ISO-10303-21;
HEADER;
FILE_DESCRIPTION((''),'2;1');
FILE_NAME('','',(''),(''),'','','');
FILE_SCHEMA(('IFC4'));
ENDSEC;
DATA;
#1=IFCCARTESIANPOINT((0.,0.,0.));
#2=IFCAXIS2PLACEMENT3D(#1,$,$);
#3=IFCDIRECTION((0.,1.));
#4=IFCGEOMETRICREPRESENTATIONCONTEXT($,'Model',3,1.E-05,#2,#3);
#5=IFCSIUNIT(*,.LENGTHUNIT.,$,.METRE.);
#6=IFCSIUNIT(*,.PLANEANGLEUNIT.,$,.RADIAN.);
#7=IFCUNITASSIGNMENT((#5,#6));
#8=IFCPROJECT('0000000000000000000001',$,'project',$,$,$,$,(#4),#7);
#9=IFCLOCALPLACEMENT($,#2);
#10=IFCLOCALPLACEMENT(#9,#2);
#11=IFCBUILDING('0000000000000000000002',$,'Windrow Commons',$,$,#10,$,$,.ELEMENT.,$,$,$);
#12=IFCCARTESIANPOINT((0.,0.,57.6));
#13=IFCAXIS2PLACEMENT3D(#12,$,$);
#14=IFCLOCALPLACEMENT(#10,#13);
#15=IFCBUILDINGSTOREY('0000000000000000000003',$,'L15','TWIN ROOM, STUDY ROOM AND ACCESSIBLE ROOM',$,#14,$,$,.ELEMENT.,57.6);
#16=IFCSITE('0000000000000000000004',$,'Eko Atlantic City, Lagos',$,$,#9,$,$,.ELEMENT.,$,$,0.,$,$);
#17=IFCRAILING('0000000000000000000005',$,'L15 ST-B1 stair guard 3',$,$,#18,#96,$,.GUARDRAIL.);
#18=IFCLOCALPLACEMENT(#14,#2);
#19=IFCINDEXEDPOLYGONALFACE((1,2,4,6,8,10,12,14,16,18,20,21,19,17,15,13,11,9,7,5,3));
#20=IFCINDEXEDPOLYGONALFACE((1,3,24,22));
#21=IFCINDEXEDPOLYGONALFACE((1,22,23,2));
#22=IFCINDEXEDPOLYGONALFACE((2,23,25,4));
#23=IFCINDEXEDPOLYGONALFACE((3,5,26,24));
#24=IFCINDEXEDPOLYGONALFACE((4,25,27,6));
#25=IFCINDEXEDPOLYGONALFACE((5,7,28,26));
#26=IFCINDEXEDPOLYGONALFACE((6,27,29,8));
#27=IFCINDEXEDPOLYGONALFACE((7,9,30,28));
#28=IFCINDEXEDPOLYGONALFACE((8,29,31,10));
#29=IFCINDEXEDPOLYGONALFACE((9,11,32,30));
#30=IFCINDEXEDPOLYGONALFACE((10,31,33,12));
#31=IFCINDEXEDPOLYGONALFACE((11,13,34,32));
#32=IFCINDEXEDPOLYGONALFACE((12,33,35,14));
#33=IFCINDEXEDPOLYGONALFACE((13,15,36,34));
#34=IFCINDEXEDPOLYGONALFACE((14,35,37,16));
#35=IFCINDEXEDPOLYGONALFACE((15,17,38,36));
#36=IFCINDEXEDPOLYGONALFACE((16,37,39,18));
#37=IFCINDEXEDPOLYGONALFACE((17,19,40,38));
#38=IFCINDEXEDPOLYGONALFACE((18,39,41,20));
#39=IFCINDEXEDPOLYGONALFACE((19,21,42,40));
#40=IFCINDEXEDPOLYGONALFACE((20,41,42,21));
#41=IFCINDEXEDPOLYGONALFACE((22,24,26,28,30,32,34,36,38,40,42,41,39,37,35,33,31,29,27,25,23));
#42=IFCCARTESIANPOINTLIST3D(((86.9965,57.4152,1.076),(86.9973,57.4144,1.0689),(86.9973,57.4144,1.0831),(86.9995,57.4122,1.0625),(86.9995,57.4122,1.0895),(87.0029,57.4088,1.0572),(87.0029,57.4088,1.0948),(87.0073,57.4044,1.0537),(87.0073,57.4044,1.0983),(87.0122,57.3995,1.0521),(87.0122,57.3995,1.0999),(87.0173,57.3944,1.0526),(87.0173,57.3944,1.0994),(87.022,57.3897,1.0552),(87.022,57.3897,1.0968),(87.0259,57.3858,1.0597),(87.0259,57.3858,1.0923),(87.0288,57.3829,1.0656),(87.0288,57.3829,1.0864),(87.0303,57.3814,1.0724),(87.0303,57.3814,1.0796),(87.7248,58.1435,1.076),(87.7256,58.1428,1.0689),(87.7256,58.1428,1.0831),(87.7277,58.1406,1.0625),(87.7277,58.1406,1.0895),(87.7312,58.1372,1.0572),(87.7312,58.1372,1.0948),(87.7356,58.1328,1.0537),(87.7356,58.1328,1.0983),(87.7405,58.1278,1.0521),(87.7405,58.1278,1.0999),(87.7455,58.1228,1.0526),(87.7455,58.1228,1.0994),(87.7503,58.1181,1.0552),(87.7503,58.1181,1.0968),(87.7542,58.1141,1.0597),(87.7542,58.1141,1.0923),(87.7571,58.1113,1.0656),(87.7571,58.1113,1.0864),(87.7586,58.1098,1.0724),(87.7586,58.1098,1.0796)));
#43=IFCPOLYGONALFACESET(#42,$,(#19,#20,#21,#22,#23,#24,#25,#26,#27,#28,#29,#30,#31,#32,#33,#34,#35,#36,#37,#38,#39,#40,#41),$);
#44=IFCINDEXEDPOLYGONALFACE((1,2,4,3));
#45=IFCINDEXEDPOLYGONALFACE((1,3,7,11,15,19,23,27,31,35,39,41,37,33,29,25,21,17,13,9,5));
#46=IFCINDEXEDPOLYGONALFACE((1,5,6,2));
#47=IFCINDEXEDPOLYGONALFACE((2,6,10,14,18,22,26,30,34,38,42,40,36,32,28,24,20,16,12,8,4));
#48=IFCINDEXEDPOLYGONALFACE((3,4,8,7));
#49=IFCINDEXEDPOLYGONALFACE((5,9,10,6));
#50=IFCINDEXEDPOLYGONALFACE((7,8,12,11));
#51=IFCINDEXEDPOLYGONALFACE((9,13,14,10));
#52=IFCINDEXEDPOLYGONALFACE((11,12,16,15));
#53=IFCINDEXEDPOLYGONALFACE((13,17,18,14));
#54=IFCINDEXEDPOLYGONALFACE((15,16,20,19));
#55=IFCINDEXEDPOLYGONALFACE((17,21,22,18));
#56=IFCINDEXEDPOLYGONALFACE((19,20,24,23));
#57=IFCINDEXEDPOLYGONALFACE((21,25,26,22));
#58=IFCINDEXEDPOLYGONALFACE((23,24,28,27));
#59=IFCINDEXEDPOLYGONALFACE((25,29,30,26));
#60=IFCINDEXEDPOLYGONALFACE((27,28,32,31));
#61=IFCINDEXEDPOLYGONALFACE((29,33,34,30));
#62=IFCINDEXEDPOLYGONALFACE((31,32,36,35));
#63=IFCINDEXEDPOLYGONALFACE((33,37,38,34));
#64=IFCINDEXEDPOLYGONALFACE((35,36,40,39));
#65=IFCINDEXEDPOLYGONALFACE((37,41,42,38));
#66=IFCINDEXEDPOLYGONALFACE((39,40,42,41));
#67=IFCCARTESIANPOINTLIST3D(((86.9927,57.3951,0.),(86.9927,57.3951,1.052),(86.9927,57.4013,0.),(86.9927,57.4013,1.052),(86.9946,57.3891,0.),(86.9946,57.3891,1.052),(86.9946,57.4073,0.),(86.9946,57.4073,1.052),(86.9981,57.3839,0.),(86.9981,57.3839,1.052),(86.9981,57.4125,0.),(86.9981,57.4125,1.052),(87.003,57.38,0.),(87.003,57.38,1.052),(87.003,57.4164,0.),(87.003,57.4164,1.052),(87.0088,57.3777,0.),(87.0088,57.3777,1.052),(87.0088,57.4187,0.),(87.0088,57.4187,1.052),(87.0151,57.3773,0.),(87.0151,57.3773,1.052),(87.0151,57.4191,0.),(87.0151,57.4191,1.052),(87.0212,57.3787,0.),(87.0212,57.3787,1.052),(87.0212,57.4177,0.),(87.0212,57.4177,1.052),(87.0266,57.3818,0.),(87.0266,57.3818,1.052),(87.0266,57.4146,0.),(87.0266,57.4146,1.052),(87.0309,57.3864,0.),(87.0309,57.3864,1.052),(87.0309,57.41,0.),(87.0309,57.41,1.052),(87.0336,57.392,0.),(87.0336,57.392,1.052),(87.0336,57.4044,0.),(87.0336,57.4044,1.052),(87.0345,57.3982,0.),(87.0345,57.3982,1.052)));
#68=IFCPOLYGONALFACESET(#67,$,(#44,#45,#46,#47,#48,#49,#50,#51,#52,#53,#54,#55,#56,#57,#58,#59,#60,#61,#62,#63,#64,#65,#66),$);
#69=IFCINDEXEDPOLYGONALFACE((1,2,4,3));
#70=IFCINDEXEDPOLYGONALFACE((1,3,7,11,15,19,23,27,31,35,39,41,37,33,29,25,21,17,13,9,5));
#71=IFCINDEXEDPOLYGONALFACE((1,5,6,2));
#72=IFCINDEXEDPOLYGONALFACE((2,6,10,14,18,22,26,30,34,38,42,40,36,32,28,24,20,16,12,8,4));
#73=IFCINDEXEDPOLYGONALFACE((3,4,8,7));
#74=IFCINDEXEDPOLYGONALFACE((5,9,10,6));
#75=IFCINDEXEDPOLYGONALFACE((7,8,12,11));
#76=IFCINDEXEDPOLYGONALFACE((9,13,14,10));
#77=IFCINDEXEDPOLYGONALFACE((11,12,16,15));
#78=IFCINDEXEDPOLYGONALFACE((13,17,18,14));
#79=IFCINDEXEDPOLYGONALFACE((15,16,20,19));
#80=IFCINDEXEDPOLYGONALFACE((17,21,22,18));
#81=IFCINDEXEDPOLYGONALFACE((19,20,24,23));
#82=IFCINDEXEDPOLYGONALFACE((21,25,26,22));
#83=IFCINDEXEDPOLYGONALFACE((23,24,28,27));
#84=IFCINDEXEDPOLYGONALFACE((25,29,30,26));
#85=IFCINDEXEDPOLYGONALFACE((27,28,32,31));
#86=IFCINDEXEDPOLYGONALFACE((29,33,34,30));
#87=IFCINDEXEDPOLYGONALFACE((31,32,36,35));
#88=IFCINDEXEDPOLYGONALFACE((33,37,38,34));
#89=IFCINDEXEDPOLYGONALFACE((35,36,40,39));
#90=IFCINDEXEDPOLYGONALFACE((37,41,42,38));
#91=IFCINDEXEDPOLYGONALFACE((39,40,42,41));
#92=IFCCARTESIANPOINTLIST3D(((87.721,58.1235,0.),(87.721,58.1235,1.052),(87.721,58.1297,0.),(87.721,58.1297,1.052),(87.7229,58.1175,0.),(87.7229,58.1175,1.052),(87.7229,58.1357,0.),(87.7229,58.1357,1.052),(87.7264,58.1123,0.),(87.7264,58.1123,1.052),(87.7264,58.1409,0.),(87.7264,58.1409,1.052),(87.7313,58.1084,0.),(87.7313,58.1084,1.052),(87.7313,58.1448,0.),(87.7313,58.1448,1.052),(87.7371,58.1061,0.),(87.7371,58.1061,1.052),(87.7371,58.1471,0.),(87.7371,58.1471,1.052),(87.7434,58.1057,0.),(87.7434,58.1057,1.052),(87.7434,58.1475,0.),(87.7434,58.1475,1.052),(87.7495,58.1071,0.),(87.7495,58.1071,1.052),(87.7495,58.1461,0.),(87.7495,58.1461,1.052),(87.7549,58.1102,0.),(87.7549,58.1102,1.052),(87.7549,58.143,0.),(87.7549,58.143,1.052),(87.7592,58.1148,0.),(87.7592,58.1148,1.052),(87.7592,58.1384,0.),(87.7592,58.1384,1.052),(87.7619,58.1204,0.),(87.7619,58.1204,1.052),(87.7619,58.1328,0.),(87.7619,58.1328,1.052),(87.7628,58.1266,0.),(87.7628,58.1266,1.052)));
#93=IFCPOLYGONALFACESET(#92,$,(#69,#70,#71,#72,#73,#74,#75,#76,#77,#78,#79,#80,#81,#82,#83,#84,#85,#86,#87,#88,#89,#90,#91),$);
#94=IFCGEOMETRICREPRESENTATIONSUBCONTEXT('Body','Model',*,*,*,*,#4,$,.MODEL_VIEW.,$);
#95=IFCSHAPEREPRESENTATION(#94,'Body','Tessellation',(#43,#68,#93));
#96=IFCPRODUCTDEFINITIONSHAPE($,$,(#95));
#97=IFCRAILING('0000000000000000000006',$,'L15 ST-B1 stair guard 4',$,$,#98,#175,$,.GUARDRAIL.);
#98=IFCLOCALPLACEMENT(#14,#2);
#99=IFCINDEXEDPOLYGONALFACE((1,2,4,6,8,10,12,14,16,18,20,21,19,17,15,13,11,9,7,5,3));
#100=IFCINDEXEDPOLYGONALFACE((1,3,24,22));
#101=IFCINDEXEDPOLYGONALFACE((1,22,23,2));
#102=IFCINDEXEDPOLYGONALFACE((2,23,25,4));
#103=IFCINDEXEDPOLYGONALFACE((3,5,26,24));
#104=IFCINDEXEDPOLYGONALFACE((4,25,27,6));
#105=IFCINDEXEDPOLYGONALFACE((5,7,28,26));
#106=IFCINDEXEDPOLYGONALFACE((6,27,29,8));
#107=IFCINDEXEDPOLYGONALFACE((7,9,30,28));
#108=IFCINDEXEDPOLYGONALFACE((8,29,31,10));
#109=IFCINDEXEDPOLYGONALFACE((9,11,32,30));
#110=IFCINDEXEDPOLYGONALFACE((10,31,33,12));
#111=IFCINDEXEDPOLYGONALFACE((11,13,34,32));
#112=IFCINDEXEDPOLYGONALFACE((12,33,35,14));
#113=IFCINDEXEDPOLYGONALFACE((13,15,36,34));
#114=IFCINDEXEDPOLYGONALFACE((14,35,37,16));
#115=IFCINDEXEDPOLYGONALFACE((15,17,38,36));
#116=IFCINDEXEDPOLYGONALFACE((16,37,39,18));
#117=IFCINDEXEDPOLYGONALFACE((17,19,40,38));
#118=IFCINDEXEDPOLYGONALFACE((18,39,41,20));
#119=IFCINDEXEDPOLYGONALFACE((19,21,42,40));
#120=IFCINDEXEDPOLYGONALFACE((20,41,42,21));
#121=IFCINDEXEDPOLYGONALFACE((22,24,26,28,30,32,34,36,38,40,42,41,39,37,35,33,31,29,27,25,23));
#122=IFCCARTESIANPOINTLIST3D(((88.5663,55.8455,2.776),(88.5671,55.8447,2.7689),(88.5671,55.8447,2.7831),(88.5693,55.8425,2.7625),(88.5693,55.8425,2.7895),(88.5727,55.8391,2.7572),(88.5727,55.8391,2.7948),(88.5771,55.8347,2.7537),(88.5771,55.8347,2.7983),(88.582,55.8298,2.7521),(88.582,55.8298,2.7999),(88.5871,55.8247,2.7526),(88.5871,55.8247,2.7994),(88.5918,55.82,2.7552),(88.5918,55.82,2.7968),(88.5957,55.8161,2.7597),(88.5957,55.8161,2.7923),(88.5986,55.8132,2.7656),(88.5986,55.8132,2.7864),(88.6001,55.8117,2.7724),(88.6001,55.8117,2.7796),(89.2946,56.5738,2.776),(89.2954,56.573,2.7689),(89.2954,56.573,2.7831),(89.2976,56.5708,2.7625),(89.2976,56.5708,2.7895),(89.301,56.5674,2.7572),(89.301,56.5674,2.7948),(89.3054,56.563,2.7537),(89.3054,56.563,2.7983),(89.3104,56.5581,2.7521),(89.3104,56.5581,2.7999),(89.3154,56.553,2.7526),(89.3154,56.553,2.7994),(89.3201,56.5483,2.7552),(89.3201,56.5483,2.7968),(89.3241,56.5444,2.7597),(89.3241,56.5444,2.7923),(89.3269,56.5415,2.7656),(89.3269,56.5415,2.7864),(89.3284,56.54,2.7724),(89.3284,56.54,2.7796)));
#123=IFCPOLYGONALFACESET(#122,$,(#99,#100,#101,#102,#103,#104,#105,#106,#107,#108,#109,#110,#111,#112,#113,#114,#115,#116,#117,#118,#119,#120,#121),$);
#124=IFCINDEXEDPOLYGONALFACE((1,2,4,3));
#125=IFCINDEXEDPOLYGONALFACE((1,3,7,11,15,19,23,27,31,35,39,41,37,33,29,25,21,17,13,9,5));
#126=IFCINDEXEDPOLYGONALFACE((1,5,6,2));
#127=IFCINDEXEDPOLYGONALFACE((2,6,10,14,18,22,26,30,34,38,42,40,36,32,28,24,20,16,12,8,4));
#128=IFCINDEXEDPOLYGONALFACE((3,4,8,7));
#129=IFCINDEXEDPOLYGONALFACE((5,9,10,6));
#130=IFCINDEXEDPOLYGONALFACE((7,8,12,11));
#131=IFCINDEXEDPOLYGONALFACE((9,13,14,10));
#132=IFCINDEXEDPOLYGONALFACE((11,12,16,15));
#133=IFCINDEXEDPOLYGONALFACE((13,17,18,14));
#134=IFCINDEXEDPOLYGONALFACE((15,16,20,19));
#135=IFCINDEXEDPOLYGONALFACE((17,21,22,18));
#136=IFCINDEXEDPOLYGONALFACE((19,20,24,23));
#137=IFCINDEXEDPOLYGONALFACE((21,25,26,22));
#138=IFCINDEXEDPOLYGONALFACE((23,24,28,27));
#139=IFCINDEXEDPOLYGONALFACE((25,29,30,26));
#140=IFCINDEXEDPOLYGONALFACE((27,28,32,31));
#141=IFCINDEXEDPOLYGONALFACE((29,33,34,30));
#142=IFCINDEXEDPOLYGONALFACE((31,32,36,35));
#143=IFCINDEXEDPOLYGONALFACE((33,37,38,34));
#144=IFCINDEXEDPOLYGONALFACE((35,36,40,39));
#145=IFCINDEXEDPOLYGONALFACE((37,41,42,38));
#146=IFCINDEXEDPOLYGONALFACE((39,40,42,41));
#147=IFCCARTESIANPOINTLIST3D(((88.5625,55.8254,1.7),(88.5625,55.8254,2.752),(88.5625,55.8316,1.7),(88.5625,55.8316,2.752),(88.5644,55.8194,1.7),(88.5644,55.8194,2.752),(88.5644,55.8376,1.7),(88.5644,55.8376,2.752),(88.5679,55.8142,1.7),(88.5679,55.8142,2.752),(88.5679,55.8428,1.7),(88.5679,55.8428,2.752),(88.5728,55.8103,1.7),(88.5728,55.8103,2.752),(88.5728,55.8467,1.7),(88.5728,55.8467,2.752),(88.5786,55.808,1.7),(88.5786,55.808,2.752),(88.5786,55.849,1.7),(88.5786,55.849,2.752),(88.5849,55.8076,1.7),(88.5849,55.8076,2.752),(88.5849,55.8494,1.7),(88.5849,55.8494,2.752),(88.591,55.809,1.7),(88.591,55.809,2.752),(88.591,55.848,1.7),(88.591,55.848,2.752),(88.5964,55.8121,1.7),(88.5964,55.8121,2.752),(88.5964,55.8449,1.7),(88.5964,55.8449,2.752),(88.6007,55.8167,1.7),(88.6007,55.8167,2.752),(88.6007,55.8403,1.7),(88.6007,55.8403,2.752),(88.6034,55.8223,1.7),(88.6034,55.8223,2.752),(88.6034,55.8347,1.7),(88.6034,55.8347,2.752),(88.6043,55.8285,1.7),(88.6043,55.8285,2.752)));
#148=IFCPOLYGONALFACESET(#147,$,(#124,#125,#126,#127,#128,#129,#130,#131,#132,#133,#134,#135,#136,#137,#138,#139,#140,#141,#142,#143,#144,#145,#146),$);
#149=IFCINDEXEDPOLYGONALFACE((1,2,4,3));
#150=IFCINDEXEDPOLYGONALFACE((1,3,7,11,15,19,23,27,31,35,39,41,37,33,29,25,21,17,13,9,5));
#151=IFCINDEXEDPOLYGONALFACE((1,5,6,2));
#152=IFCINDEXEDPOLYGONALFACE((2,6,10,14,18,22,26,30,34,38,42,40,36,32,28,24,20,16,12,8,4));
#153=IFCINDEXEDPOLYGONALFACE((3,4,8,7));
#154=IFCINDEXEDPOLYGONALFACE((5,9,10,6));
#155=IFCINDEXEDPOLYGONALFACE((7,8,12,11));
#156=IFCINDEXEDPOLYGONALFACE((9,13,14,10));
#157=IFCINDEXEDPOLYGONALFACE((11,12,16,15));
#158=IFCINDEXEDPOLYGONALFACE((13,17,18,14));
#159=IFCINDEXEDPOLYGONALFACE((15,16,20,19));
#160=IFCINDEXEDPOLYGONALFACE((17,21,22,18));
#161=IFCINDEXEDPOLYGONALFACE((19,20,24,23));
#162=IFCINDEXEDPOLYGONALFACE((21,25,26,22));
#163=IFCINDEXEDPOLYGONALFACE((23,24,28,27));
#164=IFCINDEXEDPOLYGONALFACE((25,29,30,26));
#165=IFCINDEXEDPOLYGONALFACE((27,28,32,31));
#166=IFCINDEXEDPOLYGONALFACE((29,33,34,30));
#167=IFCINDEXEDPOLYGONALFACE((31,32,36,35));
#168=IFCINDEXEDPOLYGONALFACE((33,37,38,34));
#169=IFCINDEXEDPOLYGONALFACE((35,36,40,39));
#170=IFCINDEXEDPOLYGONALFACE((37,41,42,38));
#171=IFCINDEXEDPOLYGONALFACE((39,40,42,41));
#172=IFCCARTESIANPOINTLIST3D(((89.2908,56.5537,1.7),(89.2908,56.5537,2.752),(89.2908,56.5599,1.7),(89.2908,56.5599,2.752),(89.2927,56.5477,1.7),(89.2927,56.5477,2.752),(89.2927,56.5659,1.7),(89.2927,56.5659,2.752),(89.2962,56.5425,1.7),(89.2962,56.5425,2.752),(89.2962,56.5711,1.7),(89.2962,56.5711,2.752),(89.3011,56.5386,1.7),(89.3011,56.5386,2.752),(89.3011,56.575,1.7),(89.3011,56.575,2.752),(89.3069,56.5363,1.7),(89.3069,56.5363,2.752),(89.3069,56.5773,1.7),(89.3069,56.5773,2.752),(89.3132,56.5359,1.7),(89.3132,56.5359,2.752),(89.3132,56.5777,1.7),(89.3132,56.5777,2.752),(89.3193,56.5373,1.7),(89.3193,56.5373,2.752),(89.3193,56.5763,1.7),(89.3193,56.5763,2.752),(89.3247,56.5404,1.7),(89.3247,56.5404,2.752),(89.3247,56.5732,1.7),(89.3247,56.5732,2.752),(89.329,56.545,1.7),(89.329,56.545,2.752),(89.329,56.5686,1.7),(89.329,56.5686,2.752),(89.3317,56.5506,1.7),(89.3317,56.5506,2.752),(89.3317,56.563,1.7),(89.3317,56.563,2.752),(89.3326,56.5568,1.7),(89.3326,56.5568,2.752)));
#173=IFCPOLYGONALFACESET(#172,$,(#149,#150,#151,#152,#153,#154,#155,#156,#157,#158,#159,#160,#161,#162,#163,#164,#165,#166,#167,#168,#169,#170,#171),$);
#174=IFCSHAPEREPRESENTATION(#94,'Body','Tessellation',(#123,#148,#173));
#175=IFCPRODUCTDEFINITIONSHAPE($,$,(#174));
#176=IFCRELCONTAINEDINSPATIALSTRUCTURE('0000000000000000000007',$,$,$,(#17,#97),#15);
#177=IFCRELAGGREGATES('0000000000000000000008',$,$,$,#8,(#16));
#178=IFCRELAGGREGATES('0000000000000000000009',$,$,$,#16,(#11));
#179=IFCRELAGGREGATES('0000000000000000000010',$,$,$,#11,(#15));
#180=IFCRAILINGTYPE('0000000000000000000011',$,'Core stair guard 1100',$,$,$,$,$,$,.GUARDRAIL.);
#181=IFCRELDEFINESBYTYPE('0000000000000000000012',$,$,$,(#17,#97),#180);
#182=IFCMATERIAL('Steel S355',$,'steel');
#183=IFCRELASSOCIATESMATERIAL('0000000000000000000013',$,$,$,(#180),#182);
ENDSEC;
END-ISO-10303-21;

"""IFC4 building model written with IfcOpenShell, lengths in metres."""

from ifc_helpers import new_model, si_unit, direction, frame, origin, origin_2d, place, context, subcontext, project, spatial, circle, extrude, material, type_object, element, save


model = new_model("IFC4")

# Units and contexts
model_context = context("Model", 3, precision=1e-05, world=origin(), true_north=direction((0.0, 1.0)))
body_context = subcontext(model_context, "Body", "Model", "MODEL_VIEW")
ifc_project = project(units=[si_unit("LENGTHUNIT", "METRE"), si_unit("PLANEANGLEUNIT", "RADIAN")], contexts=[model_context])

# Site, building, storey
site_placement = place(None, origin())
site = spatial("IfcSite", under=ifc_project, at=site_placement, Name="Eko Atlantic City, Lagos", CompositionType="ELEMENT", RefElevation=0.0)
building_placement = place(site_placement, origin())
building = spatial("IfcBuilding", under=site, at=building_placement, Name="Windrow Commons", CompositionType="ELEMENT")
storey_placement = place(building_placement, frame((0.0, 0.0, 57.6)))
storey = spatial("IfcBuildingStorey", under=building, at=storey_placement, Name="L15", Description="TWIN ROOM, STUDY ROOM AND ACCESSIBLE ROOM", CompositionType="ELEMENT", Elevation=57.6)

# Railings
ifc_material_1 = material(Name="Steel S355", Category="steel")
railing_type_1 = type_object("IfcRailingType", Name="Core stair guard 1100", PredefinedType="GUARDRAIL", material=ifc_material_1)
railing_1_placement = place(storey_placement, frame((87.0135, 57.3982, 0.0)))
element("IfcRailing", 1, at=railing_1_placement, inside=storey, type_object=railing_type_1, Name="L15 ST-B1 stair guard 3", PredefinedType="GUARDRAIL", context=body_context, shape_type="SweptSolid", body=[
    extrude(circle(Radius=0.024, at=origin_2d()), frame((0.0, 0.0, 1.076), z_axis=(0.707058, 0.707155, 0.0), x_axis=(-0.707155, 0.707058, 0.0)), (0.0, 0.0, 1.0), 1.03),
    extrude(circle(Radius=0.021, at=origin_2d()), origin(), (0.0, 0.0, 1.0), 1.052),
    extrude(circle(Radius=0.021, at=origin_2d()), frame((0.7283, 0.7284, 0.0)), (0.0, 0.0, 1.0), 1.052),
])
railing_2_placement = place(storey_placement, frame((88.5833, 55.8285, 1.7)))
element("IfcRailing", 2, at=railing_2_placement, inside=storey, type_object=railing_type_1, Name="L15 ST-B1 stair guard 4", PredefinedType="GUARDRAIL", context=body_context, shape_type="SweptSolid", body=[
    extrude(circle(Radius=0.024, at=origin_2d()), frame((0.0, 0.0, 1.076), z_axis=(0.707107, 0.707107, 0.0), x_axis=(-0.707107, 0.707107, 0.0)), (0.0, 0.0, 1.0), 1.03),
    extrude(circle(Radius=0.021, at=origin_2d()), origin(), (0.0, 0.0, 1.0), 1.052),
    extrude(circle(Radius=0.021, at=origin_2d()), frame((0.7283, 0.7283, 0.0)), (0.0, 0.0, 1.0), 1.052),
])

save(model, "model.ifc")
